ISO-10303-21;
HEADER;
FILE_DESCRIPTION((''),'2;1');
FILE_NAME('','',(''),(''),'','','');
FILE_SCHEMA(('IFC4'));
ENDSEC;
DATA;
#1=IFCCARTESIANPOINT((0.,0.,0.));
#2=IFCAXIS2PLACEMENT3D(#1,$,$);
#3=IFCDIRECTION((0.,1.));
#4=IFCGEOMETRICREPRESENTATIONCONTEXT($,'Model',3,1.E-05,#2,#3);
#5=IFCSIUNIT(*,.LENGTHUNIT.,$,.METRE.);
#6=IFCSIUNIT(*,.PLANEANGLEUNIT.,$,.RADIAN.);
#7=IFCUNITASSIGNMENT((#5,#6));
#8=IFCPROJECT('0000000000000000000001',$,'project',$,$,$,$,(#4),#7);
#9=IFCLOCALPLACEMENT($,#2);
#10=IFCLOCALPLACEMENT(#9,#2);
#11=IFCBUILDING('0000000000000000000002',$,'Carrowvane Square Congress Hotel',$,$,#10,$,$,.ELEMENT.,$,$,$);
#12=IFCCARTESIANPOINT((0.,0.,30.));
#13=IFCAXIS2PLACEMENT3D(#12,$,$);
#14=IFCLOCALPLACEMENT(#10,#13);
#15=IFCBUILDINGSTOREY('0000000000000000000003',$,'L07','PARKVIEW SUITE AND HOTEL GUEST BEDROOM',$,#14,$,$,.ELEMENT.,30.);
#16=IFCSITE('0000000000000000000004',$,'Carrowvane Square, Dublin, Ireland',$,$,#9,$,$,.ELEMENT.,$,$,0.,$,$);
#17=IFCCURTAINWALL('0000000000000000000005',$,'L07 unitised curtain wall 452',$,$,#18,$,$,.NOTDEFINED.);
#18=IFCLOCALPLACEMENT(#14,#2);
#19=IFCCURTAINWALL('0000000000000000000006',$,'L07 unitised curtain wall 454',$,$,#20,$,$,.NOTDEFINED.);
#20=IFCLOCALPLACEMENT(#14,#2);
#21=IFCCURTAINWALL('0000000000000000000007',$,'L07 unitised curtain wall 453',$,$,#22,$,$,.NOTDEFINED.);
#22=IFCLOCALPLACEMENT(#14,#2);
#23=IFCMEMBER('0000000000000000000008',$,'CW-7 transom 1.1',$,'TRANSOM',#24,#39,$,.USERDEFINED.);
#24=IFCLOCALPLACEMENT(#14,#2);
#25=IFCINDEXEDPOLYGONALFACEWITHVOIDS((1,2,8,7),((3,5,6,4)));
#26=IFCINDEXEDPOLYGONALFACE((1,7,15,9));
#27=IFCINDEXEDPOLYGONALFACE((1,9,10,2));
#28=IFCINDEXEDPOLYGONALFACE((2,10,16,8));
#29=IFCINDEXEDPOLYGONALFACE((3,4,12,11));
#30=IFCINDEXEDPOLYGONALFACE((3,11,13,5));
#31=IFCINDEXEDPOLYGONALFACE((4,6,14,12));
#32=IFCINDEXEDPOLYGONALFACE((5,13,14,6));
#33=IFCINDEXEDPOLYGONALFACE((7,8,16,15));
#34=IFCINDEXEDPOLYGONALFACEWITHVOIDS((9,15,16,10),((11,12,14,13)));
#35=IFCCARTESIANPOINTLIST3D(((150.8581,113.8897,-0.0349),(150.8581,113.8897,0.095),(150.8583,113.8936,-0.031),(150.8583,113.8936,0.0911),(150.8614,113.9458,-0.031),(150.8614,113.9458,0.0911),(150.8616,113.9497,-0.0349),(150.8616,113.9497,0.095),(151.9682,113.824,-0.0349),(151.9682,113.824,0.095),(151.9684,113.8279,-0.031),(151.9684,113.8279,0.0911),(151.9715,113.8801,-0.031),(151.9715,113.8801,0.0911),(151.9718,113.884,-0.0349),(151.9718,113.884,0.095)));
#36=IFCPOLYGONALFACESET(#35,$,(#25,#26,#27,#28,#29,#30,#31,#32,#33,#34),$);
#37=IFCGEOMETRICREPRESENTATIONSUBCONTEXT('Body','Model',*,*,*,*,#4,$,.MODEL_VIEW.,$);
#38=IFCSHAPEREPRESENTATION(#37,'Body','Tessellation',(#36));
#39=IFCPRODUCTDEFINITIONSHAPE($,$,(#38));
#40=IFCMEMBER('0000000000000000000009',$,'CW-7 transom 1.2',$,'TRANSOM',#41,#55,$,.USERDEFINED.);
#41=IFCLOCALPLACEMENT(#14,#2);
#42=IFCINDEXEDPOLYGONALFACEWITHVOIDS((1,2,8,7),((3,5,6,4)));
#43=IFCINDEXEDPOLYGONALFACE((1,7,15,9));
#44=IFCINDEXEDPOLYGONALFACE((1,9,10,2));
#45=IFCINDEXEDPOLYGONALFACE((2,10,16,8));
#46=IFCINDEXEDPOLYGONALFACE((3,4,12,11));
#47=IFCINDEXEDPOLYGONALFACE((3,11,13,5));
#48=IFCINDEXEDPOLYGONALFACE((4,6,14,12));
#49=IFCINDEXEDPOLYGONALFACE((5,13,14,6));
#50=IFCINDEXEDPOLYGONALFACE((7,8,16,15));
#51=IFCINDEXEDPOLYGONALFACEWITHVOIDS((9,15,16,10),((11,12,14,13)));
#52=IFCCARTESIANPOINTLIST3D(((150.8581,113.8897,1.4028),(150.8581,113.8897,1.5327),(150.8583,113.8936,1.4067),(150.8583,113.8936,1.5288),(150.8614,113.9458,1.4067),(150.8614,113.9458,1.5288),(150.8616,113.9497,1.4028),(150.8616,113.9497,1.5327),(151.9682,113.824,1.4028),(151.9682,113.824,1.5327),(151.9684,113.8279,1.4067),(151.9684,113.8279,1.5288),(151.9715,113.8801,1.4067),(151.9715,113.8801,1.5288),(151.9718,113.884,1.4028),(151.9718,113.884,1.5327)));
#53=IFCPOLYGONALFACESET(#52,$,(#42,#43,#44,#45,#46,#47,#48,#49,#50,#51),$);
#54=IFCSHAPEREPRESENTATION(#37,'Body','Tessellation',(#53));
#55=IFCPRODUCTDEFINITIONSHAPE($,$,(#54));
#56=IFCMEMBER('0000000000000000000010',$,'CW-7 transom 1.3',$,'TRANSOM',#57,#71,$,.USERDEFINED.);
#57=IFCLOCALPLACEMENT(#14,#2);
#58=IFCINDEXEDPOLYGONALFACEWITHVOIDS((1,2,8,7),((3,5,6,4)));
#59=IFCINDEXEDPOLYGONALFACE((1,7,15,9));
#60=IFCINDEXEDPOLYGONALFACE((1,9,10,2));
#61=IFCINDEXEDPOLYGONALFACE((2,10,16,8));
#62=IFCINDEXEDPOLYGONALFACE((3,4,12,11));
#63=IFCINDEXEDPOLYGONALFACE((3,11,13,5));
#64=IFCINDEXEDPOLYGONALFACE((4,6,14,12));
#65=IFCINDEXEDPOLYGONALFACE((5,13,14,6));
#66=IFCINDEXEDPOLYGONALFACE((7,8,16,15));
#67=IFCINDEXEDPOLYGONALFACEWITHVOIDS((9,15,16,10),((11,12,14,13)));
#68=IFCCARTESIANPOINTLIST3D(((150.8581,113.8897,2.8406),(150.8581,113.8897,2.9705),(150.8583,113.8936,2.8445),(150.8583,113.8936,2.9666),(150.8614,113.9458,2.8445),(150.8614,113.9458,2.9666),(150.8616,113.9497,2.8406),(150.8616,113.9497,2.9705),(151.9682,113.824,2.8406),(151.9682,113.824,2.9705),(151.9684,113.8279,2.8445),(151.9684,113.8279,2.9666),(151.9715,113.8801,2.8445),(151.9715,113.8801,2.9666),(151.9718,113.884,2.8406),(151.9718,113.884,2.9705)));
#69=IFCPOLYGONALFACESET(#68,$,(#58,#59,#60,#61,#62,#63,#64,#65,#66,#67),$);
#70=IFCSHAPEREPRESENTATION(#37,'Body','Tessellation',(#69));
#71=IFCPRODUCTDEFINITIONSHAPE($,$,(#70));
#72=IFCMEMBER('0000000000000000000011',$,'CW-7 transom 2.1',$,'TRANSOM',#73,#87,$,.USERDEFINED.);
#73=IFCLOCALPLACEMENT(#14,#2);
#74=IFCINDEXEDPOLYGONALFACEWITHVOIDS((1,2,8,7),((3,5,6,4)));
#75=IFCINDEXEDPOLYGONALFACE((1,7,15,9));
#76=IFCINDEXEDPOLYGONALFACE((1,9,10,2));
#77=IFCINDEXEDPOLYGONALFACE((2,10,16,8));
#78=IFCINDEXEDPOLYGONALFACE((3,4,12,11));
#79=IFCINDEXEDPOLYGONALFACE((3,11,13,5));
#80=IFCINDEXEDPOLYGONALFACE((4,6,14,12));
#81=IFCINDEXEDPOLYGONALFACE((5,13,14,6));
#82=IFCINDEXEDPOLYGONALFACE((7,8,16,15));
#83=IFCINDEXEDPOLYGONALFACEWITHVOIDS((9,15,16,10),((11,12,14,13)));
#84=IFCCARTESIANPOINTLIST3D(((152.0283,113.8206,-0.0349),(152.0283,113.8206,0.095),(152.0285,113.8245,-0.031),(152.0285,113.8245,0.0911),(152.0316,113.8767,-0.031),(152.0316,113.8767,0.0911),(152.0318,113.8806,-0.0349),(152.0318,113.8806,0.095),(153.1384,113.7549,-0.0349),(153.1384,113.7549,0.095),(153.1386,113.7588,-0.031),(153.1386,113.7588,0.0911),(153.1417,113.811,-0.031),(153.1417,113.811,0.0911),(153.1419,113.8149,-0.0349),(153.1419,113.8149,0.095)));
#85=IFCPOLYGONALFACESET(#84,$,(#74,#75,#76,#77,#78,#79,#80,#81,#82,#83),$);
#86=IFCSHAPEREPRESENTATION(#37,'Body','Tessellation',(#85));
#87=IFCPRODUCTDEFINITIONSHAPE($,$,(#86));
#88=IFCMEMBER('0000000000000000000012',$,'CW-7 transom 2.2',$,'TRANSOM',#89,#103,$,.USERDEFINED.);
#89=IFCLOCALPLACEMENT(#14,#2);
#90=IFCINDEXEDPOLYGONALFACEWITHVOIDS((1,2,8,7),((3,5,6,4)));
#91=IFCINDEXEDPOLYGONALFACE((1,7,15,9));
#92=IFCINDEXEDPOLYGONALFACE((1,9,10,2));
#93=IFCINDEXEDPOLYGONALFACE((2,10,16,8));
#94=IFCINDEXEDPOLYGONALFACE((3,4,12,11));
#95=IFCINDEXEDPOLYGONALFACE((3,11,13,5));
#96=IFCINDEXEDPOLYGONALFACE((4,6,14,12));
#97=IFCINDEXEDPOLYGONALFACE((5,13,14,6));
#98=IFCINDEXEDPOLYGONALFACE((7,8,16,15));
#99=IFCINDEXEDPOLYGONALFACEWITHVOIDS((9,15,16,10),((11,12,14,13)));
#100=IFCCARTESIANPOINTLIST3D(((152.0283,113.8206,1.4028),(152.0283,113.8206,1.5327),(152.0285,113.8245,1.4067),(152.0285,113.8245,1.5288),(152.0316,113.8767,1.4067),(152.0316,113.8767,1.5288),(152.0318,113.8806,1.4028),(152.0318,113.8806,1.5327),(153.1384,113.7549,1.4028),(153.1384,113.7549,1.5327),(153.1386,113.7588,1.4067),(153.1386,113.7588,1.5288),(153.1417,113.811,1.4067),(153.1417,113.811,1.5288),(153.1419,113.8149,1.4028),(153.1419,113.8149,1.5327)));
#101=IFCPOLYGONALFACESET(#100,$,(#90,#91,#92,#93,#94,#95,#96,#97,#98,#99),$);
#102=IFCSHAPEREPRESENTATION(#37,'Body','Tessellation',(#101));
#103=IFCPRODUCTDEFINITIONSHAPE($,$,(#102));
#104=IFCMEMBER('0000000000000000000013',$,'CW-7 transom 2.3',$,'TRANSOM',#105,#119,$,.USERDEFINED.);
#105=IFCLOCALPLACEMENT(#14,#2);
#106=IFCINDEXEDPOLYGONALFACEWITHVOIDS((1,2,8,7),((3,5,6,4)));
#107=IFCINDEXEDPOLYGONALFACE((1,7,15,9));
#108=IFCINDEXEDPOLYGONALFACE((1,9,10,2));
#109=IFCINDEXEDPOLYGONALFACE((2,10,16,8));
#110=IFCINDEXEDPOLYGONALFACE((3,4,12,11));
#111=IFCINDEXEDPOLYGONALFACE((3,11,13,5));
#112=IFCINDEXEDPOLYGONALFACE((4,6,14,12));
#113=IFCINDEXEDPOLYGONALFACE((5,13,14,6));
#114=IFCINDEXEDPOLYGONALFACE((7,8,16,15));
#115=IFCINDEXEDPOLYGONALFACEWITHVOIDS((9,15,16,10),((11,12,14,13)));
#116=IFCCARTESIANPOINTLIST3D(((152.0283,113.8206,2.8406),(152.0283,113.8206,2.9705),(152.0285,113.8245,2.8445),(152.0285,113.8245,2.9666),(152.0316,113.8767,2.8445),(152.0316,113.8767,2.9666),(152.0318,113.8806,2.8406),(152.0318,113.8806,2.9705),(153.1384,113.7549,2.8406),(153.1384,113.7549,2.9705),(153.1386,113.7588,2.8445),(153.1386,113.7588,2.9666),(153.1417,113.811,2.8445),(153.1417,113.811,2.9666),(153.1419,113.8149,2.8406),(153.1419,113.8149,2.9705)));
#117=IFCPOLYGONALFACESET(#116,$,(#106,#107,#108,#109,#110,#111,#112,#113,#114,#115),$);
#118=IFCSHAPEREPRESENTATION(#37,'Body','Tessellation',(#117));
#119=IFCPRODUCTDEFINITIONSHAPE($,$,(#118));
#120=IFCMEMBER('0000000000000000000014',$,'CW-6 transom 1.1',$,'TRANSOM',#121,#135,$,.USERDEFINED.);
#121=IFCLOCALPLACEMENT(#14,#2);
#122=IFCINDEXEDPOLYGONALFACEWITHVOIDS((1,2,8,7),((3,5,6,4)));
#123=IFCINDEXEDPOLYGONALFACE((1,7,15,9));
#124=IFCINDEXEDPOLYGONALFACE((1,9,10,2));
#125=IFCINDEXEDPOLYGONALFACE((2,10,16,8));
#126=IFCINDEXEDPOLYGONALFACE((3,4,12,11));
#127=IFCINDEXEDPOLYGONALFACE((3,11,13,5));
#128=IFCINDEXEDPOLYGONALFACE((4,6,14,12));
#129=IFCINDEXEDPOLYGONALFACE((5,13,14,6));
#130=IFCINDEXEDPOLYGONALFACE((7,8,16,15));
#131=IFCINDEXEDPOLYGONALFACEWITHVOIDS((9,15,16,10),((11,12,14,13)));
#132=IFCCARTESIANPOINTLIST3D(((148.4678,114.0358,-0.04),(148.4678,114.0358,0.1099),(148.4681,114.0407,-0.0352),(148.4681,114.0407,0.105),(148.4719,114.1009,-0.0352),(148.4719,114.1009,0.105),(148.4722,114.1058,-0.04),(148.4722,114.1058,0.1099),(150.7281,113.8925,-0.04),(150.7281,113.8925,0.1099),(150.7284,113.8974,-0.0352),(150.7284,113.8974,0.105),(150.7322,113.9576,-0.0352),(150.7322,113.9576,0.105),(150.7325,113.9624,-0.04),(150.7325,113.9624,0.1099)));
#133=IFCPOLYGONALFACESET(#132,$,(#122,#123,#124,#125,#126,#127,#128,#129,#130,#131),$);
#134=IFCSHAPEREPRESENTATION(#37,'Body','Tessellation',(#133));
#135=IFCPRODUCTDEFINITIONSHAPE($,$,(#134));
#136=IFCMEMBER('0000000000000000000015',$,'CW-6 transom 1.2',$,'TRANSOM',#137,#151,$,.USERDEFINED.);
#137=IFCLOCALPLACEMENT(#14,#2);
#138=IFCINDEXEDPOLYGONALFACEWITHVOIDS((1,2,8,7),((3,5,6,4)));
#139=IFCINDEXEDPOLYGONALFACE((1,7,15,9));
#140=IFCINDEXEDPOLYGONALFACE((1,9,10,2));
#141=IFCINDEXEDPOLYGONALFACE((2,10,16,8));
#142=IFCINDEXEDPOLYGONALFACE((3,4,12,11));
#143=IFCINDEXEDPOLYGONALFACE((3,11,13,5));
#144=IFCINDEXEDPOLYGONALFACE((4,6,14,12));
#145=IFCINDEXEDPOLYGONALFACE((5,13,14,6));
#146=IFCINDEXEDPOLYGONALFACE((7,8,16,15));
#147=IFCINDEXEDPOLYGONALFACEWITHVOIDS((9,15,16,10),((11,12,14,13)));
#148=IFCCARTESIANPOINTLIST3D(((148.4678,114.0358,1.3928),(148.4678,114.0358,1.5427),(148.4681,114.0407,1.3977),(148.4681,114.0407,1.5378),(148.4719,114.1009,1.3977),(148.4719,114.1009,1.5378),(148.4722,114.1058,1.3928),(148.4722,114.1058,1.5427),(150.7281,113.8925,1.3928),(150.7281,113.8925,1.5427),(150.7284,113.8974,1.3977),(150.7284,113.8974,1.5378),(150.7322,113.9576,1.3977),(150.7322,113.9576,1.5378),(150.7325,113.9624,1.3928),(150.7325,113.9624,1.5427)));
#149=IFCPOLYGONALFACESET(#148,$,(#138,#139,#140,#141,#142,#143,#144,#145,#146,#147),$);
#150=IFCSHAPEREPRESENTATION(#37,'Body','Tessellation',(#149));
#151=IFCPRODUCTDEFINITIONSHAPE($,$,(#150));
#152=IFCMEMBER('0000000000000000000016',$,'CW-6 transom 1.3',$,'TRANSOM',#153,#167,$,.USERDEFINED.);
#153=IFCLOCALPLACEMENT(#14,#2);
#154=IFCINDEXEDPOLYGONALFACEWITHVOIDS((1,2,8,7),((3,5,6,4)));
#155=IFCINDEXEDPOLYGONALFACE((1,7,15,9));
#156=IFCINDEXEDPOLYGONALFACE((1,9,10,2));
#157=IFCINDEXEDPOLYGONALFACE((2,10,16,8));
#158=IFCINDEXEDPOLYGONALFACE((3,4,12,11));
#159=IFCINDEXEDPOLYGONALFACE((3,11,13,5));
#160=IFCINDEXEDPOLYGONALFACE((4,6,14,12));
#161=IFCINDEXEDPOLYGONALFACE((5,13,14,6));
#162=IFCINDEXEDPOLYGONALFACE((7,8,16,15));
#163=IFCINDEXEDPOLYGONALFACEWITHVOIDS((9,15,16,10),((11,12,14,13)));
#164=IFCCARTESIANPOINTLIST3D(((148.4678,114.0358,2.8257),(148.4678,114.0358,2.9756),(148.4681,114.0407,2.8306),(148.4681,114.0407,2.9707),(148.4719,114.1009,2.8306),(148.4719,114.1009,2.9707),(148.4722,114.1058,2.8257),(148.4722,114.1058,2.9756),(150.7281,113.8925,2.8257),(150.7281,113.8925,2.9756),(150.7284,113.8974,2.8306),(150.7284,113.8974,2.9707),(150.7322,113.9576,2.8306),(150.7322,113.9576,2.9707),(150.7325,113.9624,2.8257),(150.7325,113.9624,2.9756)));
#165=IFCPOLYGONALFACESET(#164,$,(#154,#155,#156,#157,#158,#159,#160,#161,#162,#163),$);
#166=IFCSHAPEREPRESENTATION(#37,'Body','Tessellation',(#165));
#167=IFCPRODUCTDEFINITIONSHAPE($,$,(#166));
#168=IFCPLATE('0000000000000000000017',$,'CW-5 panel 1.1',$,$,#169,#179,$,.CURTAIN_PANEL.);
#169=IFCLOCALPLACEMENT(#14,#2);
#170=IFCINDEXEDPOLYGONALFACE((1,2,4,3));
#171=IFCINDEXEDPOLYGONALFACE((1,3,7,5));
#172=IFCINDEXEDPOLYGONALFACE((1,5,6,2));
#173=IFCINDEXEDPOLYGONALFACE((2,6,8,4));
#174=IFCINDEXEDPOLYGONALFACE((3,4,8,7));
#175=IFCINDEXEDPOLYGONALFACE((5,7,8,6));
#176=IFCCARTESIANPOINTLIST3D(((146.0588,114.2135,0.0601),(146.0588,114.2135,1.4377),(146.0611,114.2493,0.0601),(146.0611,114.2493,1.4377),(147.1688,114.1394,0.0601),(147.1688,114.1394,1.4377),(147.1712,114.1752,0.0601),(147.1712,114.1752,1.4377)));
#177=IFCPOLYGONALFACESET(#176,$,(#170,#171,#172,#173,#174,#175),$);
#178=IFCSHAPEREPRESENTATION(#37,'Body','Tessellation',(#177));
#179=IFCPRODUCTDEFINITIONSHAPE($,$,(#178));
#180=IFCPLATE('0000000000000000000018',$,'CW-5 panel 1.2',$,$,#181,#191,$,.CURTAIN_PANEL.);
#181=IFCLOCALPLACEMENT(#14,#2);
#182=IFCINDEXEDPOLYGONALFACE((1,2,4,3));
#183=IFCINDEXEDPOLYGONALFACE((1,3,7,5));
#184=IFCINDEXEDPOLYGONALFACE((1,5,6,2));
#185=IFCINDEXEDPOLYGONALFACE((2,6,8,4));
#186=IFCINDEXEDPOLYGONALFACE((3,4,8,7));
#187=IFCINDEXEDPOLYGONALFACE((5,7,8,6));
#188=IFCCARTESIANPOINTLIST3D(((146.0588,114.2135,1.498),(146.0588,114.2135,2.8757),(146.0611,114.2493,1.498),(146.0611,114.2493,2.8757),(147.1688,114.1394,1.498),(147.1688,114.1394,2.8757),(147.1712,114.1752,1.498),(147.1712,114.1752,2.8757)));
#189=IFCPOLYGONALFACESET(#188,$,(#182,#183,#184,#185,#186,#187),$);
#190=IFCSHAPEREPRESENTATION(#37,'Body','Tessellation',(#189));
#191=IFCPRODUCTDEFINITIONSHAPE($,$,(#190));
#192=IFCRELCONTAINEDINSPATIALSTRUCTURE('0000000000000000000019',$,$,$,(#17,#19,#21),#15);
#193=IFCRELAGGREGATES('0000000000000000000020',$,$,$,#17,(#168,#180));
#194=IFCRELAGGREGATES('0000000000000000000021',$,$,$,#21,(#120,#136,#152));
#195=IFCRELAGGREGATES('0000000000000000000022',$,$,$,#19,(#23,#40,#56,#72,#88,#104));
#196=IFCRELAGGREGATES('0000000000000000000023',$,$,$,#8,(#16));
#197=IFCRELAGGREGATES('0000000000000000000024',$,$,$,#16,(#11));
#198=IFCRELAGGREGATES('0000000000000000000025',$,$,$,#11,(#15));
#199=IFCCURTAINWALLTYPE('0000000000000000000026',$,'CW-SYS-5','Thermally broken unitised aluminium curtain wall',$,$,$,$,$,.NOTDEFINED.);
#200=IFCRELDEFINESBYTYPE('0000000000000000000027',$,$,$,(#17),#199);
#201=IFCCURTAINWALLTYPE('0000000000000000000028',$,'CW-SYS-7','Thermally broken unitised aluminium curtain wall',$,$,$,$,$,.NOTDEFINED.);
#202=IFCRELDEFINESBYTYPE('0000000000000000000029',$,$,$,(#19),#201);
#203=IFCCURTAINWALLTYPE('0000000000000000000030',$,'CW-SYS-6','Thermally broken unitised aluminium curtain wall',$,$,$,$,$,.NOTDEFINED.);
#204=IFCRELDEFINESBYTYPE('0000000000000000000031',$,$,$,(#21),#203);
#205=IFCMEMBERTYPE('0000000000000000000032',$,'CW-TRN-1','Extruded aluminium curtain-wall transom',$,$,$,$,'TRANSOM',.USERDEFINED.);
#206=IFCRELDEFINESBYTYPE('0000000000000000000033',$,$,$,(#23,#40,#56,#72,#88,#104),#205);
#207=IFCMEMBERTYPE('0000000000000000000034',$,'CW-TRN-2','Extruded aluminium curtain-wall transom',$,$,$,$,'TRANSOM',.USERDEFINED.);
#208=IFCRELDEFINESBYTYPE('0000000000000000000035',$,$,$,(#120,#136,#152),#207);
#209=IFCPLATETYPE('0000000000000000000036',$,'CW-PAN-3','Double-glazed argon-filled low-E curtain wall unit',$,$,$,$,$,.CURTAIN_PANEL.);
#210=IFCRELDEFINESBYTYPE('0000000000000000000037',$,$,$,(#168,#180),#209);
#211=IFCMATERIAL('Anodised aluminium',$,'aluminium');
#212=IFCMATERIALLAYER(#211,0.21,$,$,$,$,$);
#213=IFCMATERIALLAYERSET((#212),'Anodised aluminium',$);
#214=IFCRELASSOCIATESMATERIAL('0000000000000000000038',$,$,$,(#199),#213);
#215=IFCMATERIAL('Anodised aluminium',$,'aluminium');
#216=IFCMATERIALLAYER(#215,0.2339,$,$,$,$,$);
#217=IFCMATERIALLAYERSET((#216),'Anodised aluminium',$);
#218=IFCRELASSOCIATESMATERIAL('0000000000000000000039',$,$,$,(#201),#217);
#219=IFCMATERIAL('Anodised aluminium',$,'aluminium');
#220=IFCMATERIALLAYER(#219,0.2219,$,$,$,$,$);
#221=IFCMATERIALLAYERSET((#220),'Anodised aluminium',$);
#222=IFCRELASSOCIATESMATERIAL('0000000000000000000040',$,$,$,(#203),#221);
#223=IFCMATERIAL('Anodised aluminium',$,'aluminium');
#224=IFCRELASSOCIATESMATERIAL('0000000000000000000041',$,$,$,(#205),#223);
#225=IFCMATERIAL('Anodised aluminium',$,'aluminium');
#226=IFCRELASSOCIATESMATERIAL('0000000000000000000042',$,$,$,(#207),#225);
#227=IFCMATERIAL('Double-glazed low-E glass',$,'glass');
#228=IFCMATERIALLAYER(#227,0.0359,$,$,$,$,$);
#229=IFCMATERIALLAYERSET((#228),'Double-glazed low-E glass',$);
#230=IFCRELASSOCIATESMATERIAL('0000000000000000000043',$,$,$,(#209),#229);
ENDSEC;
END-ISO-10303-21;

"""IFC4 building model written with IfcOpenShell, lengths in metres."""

from ifc_helpers import new_model, si_unit, direction, frame, origin, origin_2d, place, context, subcontext, project, spatial, rectangle, hollow_rectangle, extrude, material, layer, layer_set, material_profile, profile_set, type_object, element, aggregate, save


model = new_model("IFC4")

# Units and contexts
model_context = context("Model", 3, precision=1e-05, world=origin(), true_north=direction((0.0, 1.0)))
body_context = subcontext(model_context, "Body", "Model", "MODEL_VIEW")
ifc_project = project(units=[si_unit("LENGTHUNIT", "METRE"), si_unit("PLANEANGLEUNIT", "RADIAN")], contexts=[model_context])

# Site, building, storey
site_placement = place(None, origin())
site = spatial("IfcSite", under=ifc_project, at=site_placement, Name="Carrowvane Square, Dublin, Ireland", CompositionType="ELEMENT", RefElevation=0.0)
building_placement = place(site_placement, origin())
building = spatial("IfcBuilding", under=site, at=building_placement, Name="Carrowvane Square Congress Hotel", CompositionType="ELEMENT")
storey_placement = place(building_placement, frame((0.0, 0.0, 30.0)))
storey = spatial("IfcBuildingStorey", under=building, at=storey_placement, Name="L07", Description="PARKVIEW SUITE AND HOTEL GUEST BEDROOM", CompositionType="ELEMENT", Elevation=30.0)

# Curtain walls
ifc_material_1 = material(Name="Anodised aluminium", Category="aluminium")
ifc_layer_1 = layer(ifc_material_1, 0.21)
ifc_layer_set_1 = layer_set([ifc_layer_1], Name="Anodised aluminium")
curtain_wall_type_1 = type_object("IfcCurtainWallType", Name="CW-SYS-5", Description="Thermally broken unitised aluminium curtain wall", PredefinedType="NOTDEFINED", material=ifc_layer_set_1)
curtain_wall_1_placement = place(storey_placement, origin())
curtain_wall_1 = element("IfcCurtainWall", 1, at=curtain_wall_1_placement, inside=storey, type_object=curtain_wall_type_1, Name="L07 unitised curtain wall 452", PredefinedType="NOTDEFINED")
ifc_material_2 = material(Name="Anodised aluminium", Category="aluminium")
ifc_layer_2 = layer(ifc_material_2, 0.2339)
ifc_layer_set_2 = layer_set([ifc_layer_2], Name="Anodised aluminium")
curtain_wall_type_2 = type_object("IfcCurtainWallType", Name="CW-SYS-7", Description="Thermally broken unitised aluminium curtain wall", PredefinedType="NOTDEFINED", material=ifc_layer_set_2)
curtain_wall_2_placement = place(storey_placement, origin())
curtain_wall_2 = element("IfcCurtainWall", 2, at=curtain_wall_2_placement, inside=storey, type_object=curtain_wall_type_2, Name="L07 unitised curtain wall 454", PredefinedType="NOTDEFINED")
ifc_material_3 = material(Name="Anodised aluminium", Category="aluminium")
ifc_layer_3 = layer(ifc_material_3, 0.2219)
ifc_layer_set_3 = layer_set([ifc_layer_3], Name="Anodised aluminium")
curtain_wall_type_3 = type_object("IfcCurtainWallType", Name="CW-SYS-6", Description="Thermally broken unitised aluminium curtain wall", PredefinedType="NOTDEFINED", material=ifc_layer_set_3)
curtain_wall_3_placement = place(storey_placement, origin())
curtain_wall_3 = element("IfcCurtainWall", 3, at=curtain_wall_3_placement, inside=storey, type_object=curtain_wall_type_3, Name="L07 unitised curtain wall 453", PredefinedType="NOTDEFINED")

# Members
ifc_material_4 = material(Name="Anodised aluminium", Category="aluminium")
ifc_material_profile_1 = material_profile(ifc_material_4, hollow_rectangle(XDim=0.0601, YDim=0.1299, WallThickness=0.0039, at=origin_2d()), Name="CW-TR 60x130x4")
ifc_profile_set_1 = profile_set([ifc_material_profile_1], Name="Anodised aluminium")
member_type_1 = type_object("IfcMemberType", Name="CW-TRN-1", Description="Extruded aluminium curtain-wall transom", ElementType="TRANSOM", PredefinedType="USERDEFINED", material=ifc_profile_set_1)
member_1_placement = place(storey_placement, frame((150.8599, 113.9197, 0.03), z_axis=(0.998255, -0.059057, 0.0), x_axis=(0.059057, 0.998255, 0.0)))
member_1 = element("IfcMember", 4, at=member_1_placement, type_object=member_type_1, Name="CW-7 transom 1.1", ObjectType="TRANSOM", PredefinedType="USERDEFINED", context=body_context, shape_type="SweptSolid", body=[
    extrude(hollow_rectangle(XDim=0.0601, YDim=0.1299, WallThickness=0.0039, at=origin_2d()), origin(), (0.0, 0.0, 1.0), 1.1121),
])
member_2_placement = place(storey_placement, frame((150.8599, 113.9197, 1.4678), z_axis=(0.998255, -0.059057, 0.0), x_axis=(0.059057, 0.998255, 0.0)))
member_2 = element("IfcMember", 5, at=member_2_placement, type_object=member_type_1, Name="CW-7 transom 1.2", ObjectType="TRANSOM", PredefinedType="USERDEFINED", context=body_context, shape_type="SweptSolid", body=[
    extrude(hollow_rectangle(XDim=0.0601, YDim=0.1299, WallThickness=0.0039, at=origin_2d()), origin(), (0.0, 0.0, 1.0), 1.1121),
])
member_3_placement = place(storey_placement, frame((150.8599, 113.9197, 2.9055), z_axis=(0.998255, -0.059057, 0.0), x_axis=(0.059057, 0.998255, 0.0)))
member_3 = element("IfcMember", 6, at=member_3_placement, type_object=member_type_1, Name="CW-7 transom 1.3", ObjectType="TRANSOM", PredefinedType="USERDEFINED", context=body_context, shape_type="SweptSolid", body=[
    extrude(hollow_rectangle(XDim=0.0601, YDim=0.1299, WallThickness=0.0039, at=origin_2d()), origin(), (0.0, 0.0, 1.0), 1.1121),
])
member_4_placement = place(storey_placement, frame((152.03, 113.8506, 0.03), z_axis=(0.998255, -0.059057, 0.0), x_axis=(0.059057, 0.998255, 0.0)))
member_4 = element("IfcMember", 7, at=member_4_placement, type_object=member_type_1, Name="CW-7 transom 2.1", ObjectType="TRANSOM", PredefinedType="USERDEFINED", context=body_context, shape_type="SweptSolid", body=[
    extrude(hollow_rectangle(XDim=0.0601, YDim=0.1299, WallThickness=0.0039, at=origin_2d()), origin(), (0.0, 0.0, 1.0), 1.1121),
])
member_5_placement = place(storey_placement, frame((152.03, 113.8506, 1.4678), z_axis=(0.998255, -0.059057, 0.0), x_axis=(0.059057, 0.998255, 0.0)))
member_5 = element("IfcMember", 8, at=member_5_placement, type_object=member_type_1, Name="CW-7 transom 2.2", ObjectType="TRANSOM", PredefinedType="USERDEFINED", context=body_context, shape_type="SweptSolid", body=[
    extrude(hollow_rectangle(XDim=0.0601, YDim=0.1299, WallThickness=0.0039, at=origin_2d()), origin(), (0.0, 0.0, 1.0), 1.1121),
])
member_6_placement = place(storey_placement, frame((152.03, 113.8506, 2.9055), z_axis=(0.998255, -0.059057, 0.0), x_axis=(0.059057, 0.998255, 0.0)))
member_6 = element("IfcMember", 9, at=member_6_placement, type_object=member_type_1, Name="CW-7 transom 2.3", ObjectType="TRANSOM", PredefinedType="USERDEFINED", context=body_context, shape_type="SweptSolid", body=[
    extrude(hollow_rectangle(XDim=0.0601, YDim=0.1299, WallThickness=0.0039, at=origin_2d()), origin(), (0.0, 0.0, 1.0), 1.1121),
])
ifc_material_5 = material(Name="Anodised aluminium", Category="aluminium")
ifc_material_profile_2 = material_profile(ifc_material_5, hollow_rectangle(XDim=0.0701, YDim=0.1499, WallThickness=0.0049, at=origin_2d()), Name="CW-TR 70x150x5")
ifc_profile_set_2 = profile_set([ifc_material_profile_2], Name="Anodised aluminium")
member_type_2 = type_object("IfcMemberType", Name="CW-TRN-2", Description="Extruded aluminium curtain-wall transom", ElementType="TRANSOM", PredefinedType="USERDEFINED", material=ifc_profile_set_2)
member_7_placement = place(storey_placement, frame((148.47, 114.0708, 0.0349), z_axis=(0.997996, -0.063278, 0.0), x_axis=(0.063278, 0.997996, 0.0)))
member_7 = element("IfcMember", 10, at=member_7_placement, type_object=member_type_2, Name="CW-6 transom 1.1", ObjectType="TRANSOM", PredefinedType="USERDEFINED", context=body_context, shape_type="SweptSolid", body=[
    extrude(hollow_rectangle(XDim=0.0701, YDim=0.1499, WallThickness=0.0049, at=origin_2d()), origin(), (0.0, 0.0, 1.0), 2.2649),
])
member_8_placement = place(storey_placement, frame((148.47, 114.0708, 1.4678), z_axis=(0.997996, -0.063278, 0.0), x_axis=(0.063278, 0.997996, 0.0)))
member_8 = element("IfcMember", 11, at=member_8_placement, type_object=member_type_2, Name="CW-6 transom 1.2", ObjectType="TRANSOM", PredefinedType="USERDEFINED", context=body_context, shape_type="SweptSolid", body=[
    extrude(hollow_rectangle(XDim=0.0701, YDim=0.1499, WallThickness=0.0049, at=origin_2d()), origin(), (0.0, 0.0, 1.0), 2.2649),
])
member_9_placement = place(storey_placement, frame((148.47, 114.0708, 2.9006), z_axis=(0.997996, -0.063278, 0.0), x_axis=(0.063278, 0.997996, 0.0)))
member_9 = element("IfcMember", 12, at=member_9_placement, type_object=member_type_2, Name="CW-6 transom 1.3", ObjectType="TRANSOM", PredefinedType="USERDEFINED", context=body_context, shape_type="SweptSolid", body=[
    extrude(hollow_rectangle(XDim=0.0701, YDim=0.1499, WallThickness=0.0049, at=origin_2d()), origin(), (0.0, 0.0, 1.0), 2.2649),
])

# Plates
ifc_material_6 = material(Name="Double-glazed low-E glass", Category="glass")
ifc_layer_4 = layer(ifc_material_6, 0.0359)
ifc_layer_set_4 = layer_set([ifc_layer_4], Name="Double-glazed low-E glass")
plate_type_1 = type_object("IfcPlateType", Name="CW-PAN-3", Description="Double-glazed argon-filled low-E curtain wall unit", PredefinedType="CURTAIN_PANEL", material=ifc_layer_set_4)
plate_1_placement = place(storey_placement, frame((146.615, 114.1943, 0.0601), z_axis=(0.0, 0.0, 1.0), x_axis=(0.997781, -0.066574, 0.0)))
plate_1 = element("IfcPlate", 13, at=plate_1_placement, type_object=plate_type_1, Name="CW-5 panel 1.1", PredefinedType="CURTAIN_PANEL", context=body_context, shape_type="SweptSolid", body=[
    extrude(rectangle(XDim=1.1125, YDim=0.0359, at=origin_2d()), origin(), (0.0, 0.0, 1.0), 1.3777),
])
plate_2_placement = place(storey_placement, frame((146.615, 114.1943, 1.498), z_axis=(0.0, 0.0, 1.0), x_axis=(0.997781, -0.066574, 0.0)))
plate_2 = element("IfcPlate", 14, at=plate_2_placement, type_object=plate_type_1, Name="CW-5 panel 1.2", PredefinedType="CURTAIN_PANEL", context=body_context, shape_type="SweptSolid", body=[
    extrude(rectangle(XDim=1.1125, YDim=0.0359, at=origin_2d()), origin(), (0.0, 0.0, 1.0), 1.3777),
])
aggregate(curtain_wall_1, [plate_1, plate_2])
aggregate(curtain_wall_3, [member_7, member_8, member_9])
aggregate(curtain_wall_2, [member_1, member_2, member_3, member_4, member_5, member_6])

save(model, "model.ifc")
